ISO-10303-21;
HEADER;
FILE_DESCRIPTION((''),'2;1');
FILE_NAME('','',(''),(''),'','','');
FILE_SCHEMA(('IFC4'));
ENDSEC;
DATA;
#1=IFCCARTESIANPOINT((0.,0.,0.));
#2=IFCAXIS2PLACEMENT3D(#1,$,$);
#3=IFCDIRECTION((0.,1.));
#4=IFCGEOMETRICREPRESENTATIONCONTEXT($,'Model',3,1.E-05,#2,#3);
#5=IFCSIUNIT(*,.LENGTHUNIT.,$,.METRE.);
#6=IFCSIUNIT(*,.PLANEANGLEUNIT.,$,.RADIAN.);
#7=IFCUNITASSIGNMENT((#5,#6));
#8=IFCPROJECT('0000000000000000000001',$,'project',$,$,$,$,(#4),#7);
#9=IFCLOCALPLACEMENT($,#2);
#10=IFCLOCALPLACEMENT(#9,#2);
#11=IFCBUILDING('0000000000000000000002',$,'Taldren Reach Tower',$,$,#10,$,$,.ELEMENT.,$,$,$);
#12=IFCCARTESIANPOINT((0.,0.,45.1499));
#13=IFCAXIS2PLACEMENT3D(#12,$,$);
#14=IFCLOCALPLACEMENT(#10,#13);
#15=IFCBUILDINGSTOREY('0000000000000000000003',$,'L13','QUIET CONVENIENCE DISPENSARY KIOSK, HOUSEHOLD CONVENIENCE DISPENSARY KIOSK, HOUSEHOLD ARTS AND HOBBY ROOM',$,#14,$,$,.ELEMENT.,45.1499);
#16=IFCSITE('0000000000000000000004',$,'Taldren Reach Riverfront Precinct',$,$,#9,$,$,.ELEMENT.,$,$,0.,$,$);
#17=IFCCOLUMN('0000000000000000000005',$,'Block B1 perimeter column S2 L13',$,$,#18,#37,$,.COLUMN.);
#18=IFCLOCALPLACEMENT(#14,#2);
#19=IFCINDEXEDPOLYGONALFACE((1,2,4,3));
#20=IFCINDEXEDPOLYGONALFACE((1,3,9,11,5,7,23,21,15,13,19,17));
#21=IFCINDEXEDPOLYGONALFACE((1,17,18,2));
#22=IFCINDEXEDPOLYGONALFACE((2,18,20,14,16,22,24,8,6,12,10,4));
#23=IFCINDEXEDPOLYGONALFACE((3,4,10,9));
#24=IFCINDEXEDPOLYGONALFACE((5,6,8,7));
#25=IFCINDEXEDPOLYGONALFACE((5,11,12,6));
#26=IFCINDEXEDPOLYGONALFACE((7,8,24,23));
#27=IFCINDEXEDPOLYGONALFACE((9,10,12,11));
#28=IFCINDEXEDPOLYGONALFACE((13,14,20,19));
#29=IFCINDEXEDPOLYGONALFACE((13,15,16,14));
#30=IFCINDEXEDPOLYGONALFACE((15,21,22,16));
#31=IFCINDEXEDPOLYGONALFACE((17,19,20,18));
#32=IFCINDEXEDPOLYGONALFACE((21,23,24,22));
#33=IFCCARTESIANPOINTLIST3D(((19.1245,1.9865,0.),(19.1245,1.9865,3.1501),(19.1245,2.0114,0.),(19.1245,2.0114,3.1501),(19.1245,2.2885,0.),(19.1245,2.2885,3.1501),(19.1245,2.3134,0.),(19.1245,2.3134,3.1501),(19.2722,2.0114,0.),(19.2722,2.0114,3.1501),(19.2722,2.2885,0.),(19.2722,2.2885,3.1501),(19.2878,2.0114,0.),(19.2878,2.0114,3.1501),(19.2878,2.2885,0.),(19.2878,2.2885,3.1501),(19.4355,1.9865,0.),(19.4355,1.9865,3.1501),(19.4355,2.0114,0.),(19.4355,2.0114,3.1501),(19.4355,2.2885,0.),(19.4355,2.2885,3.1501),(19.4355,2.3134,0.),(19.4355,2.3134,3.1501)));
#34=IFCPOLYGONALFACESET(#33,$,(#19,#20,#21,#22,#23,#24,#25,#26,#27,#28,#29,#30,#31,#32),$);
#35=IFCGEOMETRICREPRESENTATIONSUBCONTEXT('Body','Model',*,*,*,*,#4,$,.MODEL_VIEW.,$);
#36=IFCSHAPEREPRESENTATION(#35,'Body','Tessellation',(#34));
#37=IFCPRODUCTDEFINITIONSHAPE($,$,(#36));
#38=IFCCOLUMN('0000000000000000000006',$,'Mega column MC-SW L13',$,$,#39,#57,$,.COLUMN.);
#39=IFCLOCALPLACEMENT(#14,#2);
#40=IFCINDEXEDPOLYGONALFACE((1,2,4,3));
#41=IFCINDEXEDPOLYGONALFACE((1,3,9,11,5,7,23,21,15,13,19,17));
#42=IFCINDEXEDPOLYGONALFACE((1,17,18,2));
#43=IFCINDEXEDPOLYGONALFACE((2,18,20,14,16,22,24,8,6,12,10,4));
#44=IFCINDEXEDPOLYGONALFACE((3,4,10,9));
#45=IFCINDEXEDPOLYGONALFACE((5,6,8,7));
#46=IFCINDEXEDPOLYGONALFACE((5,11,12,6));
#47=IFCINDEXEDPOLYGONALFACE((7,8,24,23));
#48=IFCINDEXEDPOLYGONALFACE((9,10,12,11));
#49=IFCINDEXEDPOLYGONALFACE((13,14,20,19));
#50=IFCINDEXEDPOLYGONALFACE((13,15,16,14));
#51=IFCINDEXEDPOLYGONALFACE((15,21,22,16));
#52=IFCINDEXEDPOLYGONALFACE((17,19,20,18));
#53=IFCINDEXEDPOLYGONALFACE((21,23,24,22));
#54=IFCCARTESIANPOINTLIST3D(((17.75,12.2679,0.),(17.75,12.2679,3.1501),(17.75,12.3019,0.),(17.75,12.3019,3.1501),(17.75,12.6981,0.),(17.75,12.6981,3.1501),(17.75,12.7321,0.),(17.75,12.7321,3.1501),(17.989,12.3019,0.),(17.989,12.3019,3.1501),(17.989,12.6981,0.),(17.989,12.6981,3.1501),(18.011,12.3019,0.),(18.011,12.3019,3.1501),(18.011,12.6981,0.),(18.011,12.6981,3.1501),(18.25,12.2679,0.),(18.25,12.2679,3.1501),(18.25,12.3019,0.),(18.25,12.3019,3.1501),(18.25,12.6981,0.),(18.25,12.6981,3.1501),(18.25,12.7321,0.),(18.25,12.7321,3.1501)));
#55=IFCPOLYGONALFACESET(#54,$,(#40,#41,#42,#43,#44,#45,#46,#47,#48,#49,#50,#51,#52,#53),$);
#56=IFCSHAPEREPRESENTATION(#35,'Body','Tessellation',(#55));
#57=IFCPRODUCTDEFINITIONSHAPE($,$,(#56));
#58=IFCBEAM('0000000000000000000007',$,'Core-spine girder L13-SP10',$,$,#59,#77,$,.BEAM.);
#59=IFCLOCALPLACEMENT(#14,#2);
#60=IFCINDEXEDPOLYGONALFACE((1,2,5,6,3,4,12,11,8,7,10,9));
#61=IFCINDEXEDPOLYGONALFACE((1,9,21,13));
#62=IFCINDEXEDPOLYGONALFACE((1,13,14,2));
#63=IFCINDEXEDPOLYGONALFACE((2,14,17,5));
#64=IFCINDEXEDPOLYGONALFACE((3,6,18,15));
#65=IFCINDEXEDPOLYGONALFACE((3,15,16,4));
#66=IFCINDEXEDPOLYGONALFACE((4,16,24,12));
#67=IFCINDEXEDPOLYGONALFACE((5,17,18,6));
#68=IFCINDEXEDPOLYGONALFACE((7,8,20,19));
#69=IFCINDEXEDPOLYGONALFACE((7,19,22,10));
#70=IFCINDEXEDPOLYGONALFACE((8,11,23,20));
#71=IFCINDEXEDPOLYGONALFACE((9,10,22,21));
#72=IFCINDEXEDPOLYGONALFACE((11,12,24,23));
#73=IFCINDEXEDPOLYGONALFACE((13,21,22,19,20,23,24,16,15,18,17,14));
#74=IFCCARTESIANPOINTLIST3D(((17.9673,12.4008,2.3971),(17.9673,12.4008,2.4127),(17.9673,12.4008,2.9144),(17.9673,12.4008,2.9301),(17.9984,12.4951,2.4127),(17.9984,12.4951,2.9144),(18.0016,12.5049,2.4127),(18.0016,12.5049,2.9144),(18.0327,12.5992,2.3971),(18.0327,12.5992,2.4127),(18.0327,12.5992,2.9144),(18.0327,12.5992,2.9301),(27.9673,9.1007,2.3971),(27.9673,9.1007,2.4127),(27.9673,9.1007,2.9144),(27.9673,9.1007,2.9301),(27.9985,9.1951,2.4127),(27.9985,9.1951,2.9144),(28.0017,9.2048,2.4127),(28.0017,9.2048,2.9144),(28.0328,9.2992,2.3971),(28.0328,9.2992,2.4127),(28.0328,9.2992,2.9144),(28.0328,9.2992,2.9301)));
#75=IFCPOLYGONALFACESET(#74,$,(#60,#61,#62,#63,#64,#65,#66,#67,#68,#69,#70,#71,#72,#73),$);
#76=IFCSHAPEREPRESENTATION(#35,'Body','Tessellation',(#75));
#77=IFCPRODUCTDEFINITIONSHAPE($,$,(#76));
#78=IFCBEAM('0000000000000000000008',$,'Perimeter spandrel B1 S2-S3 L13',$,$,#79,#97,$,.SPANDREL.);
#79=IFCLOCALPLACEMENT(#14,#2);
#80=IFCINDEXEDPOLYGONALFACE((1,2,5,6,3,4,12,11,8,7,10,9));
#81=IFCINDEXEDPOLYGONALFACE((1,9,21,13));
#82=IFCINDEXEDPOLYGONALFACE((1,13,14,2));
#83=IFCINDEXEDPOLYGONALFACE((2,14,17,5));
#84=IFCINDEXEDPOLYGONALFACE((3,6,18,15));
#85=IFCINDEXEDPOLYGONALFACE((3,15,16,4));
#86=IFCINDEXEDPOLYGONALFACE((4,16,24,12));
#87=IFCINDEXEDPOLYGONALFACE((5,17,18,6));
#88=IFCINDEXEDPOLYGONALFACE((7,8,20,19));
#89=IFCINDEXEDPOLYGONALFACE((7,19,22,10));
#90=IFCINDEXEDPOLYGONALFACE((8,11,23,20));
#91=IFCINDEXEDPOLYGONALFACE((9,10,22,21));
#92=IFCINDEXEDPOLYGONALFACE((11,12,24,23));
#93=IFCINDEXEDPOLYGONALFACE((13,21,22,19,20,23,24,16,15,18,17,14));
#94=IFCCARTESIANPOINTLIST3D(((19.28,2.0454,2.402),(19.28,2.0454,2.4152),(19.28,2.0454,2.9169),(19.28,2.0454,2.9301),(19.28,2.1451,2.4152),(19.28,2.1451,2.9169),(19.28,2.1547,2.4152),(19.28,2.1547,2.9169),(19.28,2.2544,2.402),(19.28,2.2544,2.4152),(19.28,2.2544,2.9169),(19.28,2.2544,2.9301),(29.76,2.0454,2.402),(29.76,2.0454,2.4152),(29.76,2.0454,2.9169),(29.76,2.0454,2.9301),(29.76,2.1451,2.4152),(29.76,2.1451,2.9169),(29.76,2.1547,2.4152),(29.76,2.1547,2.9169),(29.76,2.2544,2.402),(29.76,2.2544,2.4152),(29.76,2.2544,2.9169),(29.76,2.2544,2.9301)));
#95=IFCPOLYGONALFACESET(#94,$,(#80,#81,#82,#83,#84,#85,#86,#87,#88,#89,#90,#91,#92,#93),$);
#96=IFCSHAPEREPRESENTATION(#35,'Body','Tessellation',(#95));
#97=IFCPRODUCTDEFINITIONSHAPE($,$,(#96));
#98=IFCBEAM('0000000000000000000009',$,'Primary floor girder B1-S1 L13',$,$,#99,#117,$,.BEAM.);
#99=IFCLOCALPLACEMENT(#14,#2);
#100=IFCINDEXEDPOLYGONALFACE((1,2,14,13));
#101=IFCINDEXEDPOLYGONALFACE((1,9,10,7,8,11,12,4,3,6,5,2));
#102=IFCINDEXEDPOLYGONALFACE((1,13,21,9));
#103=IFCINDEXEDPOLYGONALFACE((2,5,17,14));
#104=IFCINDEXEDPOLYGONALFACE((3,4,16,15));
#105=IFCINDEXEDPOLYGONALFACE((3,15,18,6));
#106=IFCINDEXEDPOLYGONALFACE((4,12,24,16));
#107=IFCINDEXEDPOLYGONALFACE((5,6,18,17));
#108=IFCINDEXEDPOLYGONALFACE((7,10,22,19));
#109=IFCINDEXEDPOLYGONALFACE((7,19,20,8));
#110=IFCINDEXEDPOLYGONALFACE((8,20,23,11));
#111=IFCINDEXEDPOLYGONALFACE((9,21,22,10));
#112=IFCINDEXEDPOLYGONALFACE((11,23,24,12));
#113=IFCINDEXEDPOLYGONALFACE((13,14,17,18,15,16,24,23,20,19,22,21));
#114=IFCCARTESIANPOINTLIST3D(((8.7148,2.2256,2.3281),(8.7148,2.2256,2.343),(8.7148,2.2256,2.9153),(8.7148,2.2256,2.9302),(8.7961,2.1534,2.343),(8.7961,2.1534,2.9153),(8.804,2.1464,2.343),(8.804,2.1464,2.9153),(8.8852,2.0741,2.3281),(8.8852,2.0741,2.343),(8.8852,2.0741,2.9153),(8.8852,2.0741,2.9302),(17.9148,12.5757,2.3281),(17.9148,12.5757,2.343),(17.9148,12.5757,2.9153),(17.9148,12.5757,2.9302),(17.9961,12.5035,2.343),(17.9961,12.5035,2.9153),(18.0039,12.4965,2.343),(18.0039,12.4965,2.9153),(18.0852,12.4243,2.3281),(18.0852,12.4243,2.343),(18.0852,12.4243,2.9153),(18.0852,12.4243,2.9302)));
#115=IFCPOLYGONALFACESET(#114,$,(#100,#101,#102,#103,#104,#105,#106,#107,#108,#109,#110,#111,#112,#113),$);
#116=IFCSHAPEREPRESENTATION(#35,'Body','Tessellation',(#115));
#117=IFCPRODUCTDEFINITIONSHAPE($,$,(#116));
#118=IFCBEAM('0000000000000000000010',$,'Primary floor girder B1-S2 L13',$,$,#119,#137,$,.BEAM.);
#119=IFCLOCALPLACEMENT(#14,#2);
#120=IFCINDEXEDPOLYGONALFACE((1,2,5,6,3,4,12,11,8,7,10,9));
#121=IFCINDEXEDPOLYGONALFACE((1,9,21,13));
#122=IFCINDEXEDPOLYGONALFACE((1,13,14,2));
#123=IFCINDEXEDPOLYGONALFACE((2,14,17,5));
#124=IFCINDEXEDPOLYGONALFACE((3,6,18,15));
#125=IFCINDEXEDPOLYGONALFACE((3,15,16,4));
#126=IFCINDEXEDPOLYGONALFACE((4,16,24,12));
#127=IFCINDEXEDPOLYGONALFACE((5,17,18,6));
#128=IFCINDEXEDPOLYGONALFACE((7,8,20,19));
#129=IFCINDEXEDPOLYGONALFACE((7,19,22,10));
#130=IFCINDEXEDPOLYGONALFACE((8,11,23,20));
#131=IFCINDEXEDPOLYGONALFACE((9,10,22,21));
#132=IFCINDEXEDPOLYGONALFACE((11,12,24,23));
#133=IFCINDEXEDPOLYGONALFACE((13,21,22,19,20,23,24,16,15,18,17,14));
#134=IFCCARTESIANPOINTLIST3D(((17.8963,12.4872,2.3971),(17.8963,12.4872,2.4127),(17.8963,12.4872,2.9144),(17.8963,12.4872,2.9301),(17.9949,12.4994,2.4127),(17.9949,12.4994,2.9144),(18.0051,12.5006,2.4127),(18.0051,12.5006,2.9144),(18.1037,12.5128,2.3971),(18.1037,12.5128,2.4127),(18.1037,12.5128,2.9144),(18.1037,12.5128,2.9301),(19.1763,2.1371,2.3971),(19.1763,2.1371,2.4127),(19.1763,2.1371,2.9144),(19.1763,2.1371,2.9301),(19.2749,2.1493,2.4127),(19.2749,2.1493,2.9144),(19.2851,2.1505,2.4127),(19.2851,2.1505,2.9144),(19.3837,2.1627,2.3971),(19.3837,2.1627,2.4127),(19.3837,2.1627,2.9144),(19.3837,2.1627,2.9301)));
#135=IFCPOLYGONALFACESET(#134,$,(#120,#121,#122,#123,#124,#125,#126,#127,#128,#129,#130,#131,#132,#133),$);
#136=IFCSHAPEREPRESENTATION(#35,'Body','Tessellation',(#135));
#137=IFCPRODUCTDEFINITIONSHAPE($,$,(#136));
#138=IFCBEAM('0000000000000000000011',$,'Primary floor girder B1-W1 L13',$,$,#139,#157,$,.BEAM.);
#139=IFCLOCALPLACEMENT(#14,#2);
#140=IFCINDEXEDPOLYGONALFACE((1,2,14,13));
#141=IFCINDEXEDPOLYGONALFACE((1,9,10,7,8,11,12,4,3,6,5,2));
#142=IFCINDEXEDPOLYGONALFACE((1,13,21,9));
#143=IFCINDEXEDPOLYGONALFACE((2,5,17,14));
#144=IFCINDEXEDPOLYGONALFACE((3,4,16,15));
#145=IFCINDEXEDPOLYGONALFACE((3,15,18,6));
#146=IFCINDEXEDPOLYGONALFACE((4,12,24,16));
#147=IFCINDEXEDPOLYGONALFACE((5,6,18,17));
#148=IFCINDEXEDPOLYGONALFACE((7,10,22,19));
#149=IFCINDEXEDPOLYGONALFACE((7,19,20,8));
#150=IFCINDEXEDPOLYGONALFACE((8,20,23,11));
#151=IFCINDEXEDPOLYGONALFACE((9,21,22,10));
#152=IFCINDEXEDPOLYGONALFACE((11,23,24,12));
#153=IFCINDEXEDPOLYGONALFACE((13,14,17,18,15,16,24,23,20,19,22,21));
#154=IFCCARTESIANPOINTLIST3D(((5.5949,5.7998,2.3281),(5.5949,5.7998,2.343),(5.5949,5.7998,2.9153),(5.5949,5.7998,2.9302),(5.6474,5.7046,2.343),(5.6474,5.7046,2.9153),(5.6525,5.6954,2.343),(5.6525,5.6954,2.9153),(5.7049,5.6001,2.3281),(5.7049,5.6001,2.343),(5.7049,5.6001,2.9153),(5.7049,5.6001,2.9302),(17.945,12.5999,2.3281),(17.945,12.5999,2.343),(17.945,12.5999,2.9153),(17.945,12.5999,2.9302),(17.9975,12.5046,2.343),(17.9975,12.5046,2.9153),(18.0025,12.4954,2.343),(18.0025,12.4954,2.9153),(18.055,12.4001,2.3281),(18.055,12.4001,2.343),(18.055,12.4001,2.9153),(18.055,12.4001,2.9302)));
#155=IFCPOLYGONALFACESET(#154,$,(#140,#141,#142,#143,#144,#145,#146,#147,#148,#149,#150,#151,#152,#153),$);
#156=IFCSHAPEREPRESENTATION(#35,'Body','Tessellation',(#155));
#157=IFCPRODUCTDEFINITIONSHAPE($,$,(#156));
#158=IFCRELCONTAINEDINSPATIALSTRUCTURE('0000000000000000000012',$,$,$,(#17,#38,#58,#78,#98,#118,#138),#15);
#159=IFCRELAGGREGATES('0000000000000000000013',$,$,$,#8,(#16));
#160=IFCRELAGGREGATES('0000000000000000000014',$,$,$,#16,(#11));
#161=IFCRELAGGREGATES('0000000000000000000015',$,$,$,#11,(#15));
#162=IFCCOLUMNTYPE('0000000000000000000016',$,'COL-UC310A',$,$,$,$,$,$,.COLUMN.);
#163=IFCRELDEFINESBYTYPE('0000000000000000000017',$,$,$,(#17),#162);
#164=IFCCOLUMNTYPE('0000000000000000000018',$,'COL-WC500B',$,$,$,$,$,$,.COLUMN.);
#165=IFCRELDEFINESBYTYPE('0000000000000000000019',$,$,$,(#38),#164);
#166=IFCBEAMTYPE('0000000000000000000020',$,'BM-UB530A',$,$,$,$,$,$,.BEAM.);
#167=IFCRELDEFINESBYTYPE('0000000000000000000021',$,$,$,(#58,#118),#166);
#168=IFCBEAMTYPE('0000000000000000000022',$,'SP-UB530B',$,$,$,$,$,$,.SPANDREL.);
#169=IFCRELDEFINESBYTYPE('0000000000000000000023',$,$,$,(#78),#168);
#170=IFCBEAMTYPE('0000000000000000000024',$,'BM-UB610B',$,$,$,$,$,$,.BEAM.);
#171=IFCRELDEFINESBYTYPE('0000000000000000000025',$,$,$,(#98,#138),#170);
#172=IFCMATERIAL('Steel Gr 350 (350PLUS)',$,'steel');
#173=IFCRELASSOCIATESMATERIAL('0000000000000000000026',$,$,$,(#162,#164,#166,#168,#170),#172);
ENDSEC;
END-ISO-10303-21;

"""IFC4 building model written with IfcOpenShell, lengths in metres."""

from ifc_helpers import new_model, si_unit, direction, frame, origin, origin_2d, place, context, subcontext, project, spatial, i_section, extrude, source, transform, mapped, material, material_profile, profile_set, type_object, element, save


model = new_model("IFC4")

# Units and contexts
model_context = context("Model", 3, precision=1e-05, world=origin(), true_north=direction((0.0, 1.0)))
body_context = subcontext(model_context, "Body", "Model", "MODEL_VIEW")
ifc_project = project(units=[si_unit("LENGTHUNIT", "METRE"), si_unit("PLANEANGLEUNIT", "RADIAN")], contexts=[model_context])

# Site, building, storey
site_placement = place(None, origin())
site = spatial("IfcSite", under=ifc_project, at=site_placement, Name="Taldren Reach Riverfront Precinct", CompositionType="ELEMENT", RefElevation=0.0)
building_placement = place(site_placement, origin())
building = spatial("IfcBuilding", under=site, at=building_placement, Name="Taldren Reach Tower", CompositionType="ELEMENT")
storey_placement = place(building_placement, frame((0.0, 0.0, 45.1499)))
storey = spatial("IfcBuildingStorey", under=building, at=storey_placement, Name="L13", Description="QUIET CONVENIENCE DISPENSARY KIOSK, HOUSEHOLD CONVENIENCE DISPENSARY KIOSK, HOUSEHOLD ARTS AND HOBBY ROOM", CompositionType="ELEMENT", Elevation=45.1499)

# Columns
ifc_material_1 = material(Name="Steel Gr 350 (350PLUS)", Category="steel")
ifc_material_profile_1 = material_profile(ifc_material_1, i_section(OverallWidth=0.311, OverallDepth=0.3269, WebThickness=0.0156, FlangeThickness=0.0249, at=origin_2d()), Name="310UC158")
ifc_profile_set_1 = profile_set([ifc_material_profile_1], Name="Steel Gr 350 (350PLUS)")
column_type_1 = type_object("IfcColumnType", Name="COL-UC310A", PredefinedType="COLUMN", material=ifc_profile_set_1)
shared_shape_1 = source(origin(), body_context, "Body", "SweptSolid", [
    extrude(i_section(OverallWidth=0.311, OverallDepth=0.3269, WebThickness=0.0156, FlangeThickness=0.0249, at=origin_2d()), origin(), (0.0, 0.0, 1.0), 3.1501),
])
column_1_placement = place(storey_placement, frame((19.28, 2.1499, 0.0), z_axis=(0.0, 0.0, 1.0), x_axis=(1.0, 0.0, 0.0)))
element("IfcColumn", 1, at=column_1_placement, inside=storey, type_object=column_type_1, Name="Block B1 perimeter column S2 L13", PredefinedType="COLUMN", context=body_context, shape_type="MappedRepresentation", body=[
    mapped(shared_shape_1, transform((0.0, 0.0, 0.0), scale=1.0)),
])
ifc_material_profile_2 = material_profile(ifc_material_1, i_section(OverallWidth=0.5, OverallDepth=0.4641, WebThickness=0.022, FlangeThickness=0.0339, at=origin_2d()), Name="500WC340")
ifc_profile_set_2 = profile_set([ifc_material_profile_2], Name="Steel Gr 350 (350PLUS)")
column_type_2 = type_object("IfcColumnType", Name="COL-WC500B", PredefinedType="COLUMN", material=ifc_profile_set_2)
shared_shape_2 = source(origin(), body_context, "Body", "SweptSolid", [
    extrude(i_section(OverallWidth=0.5, OverallDepth=0.4641, WebThickness=0.022, FlangeThickness=0.0339, at=origin_2d()), origin(), (0.0, 0.0, 1.0), 3.1501),
])
column_2_placement = place(storey_placement, frame((18.0, 12.5, 0.0), z_axis=(0.0, 0.0, 1.0), x_axis=(1.0, 0.0, 0.0)))
element("IfcColumn", 2, at=column_2_placement, inside=storey, type_object=column_type_2, Name="Mega column MC-SW L13", PredefinedType="COLUMN", context=body_context, shape_type="MappedRepresentation", body=[
    mapped(shared_shape_2, transform((0.0, 0.0, 0.0), scale=1.0)),
])

# Beams
ifc_material_profile_3 = material_profile(ifc_material_1, i_section(OverallWidth=0.209, OverallDepth=0.533, WebThickness=0.0103, FlangeThickness=0.0156, at=origin_2d()), Name="530UB92.4")
ifc_profile_set_3 = profile_set([ifc_material_profile_3], Name="Steel Gr 350 (350PLUS)")
beam_type_1 = type_object("IfcBeamType", Name="BM-UB530A", PredefinedType="BEAM", material=ifc_profile_set_3)
shared_shape_3 = source(origin(), body_context, "Body", "SweptSolid", [
    extrude(i_section(OverallWidth=0.209, OverallDepth=0.533, WebThickness=0.0103, FlangeThickness=0.0156, at=origin_2d()), origin(), (0.0, 0.0, 1.0), 10.5305),
])
beam_1_placement = place(storey_placement, frame((18.0, 12.5, 2.6636), z_axis=(0.949627, -0.313382, 0.0), x_axis=(0.313382, 0.949627, 0.0)))
element("IfcBeam", 3, at=beam_1_placement, inside=storey, type_object=beam_type_1, Name="Core-spine girder L13-SP10", PredefinedType="BEAM", context=body_context, shape_type="MappedRepresentation", body=[
    mapped(shared_shape_3, transform((0.0, 0.0, 0.0), scale=1.0)),
])
ifc_material_profile_4 = material_profile(ifc_material_1, i_section(OverallWidth=0.209, OverallDepth=0.5281, WebThickness=0.0095, FlangeThickness=0.0132, at=origin_2d()), Name="530UB82.0")
ifc_profile_set_4 = profile_set([ifc_material_profile_4], Name="Steel Gr 350 (350PLUS)")
beam_type_2 = type_object("IfcBeamType", Name="SP-UB530B", PredefinedType="SPANDREL", material=ifc_profile_set_4)
shared_shape_4 = source(origin(), body_context, "Body", "SweptSolid", [
    extrude(i_section(OverallWidth=0.209, OverallDepth=0.5281, WebThickness=0.0095, FlangeThickness=0.0132, at=origin_2d()), origin(), (0.0, 0.0, 1.0), 10.48),
])
beam_2_placement = place(storey_placement, frame((19.28, 2.1499, 2.666), z_axis=(1.0, 0.0, 0.0), x_axis=(0.0, 1.0, 0.0)))
element("IfcBeam", 4, at=beam_2_placement, inside=storey, type_object=beam_type_2, Name="Perimeter spandrel B1 S2-S3 L13", PredefinedType="SPANDREL", context=body_context, shape_type="MappedRepresentation", body=[
    mapped(shared_shape_4, transform((0.0, 0.0, 0.0), scale=1.0)),
])
ifc_material_profile_5 = material_profile(ifc_material_1, i_section(OverallWidth=0.228, OverallDepth=0.6021, WebThickness=0.0105, FlangeThickness=0.0149, at=origin_2d()), Name="610UB101")
ifc_profile_set_5 = profile_set([ifc_material_profile_5], Name="Steel Gr 350 (350PLUS)")
beam_type_3 = type_object("IfcBeamType", Name="BM-UB610B", PredefinedType="BEAM", material=ifc_profile_set_5)
shared_shape_5 = source(origin(), body_context, "Body", "SweptSolid", [
    extrude(i_section(OverallWidth=0.228, OverallDepth=0.6021, WebThickness=0.0105, FlangeThickness=0.0149, at=origin_2d()), origin(), (0.0, 0.0, 1.0), 13.8479),
])
beam_3_placement = place(storey_placement, frame((18.0, 12.5, 2.6292), z_axis=(-0.664358, -0.747414, 0.0), x_axis=(0.747414, -0.664358, 0.0)))
element("IfcBeam", 5, at=beam_3_placement, inside=storey, type_object=beam_type_3, Name="Primary floor girder B1-S1 L13", PredefinedType="BEAM", context=body_context, shape_type="MappedRepresentation", body=[
    mapped(shared_shape_5, transform((0.0, 0.0, 0.0), scale=1.0)),
])
shared_shape_6 = source(origin(), body_context, "Body", "SweptSolid", [
    extrude(i_section(OverallWidth=0.209, OverallDepth=0.533, WebThickness=0.0103, FlangeThickness=0.0156, at=origin_2d()), origin(), (0.0, 0.0, 1.0), 10.429),
])
beam_4_placement = place(storey_placement, frame((18.0, 12.5, 2.6636), z_axis=(0.122738, -0.992439, 0.0), x_axis=(0.992439, 0.122738, 0.0)))
element("IfcBeam", 6, at=beam_4_placement, inside=storey, type_object=beam_type_1, Name="Primary floor girder B1-S2 L13", PredefinedType="BEAM", context=body_context, shape_type="MappedRepresentation", body=[
    mapped(shared_shape_6, transform((0.0, 0.0, 0.0), scale=1.0)),
])
shared_shape_7 = source(origin(), body_context, "Body", "SweptSolid", [
    extrude(i_section(OverallWidth=0.228, OverallDepth=0.6021, WebThickness=0.0105, FlangeThickness=0.0149, at=origin_2d()), origin(), (0.0, 0.0, 1.0), 14.0984),
])
beam_5_placement = place(storey_placement, frame((18.0, 12.5, 2.6292), z_axis=(-0.875991, -0.482327, 0.0), x_axis=(0.482327, -0.875991, 0.0)))
element("IfcBeam", 7, at=beam_5_placement, inside=storey, type_object=beam_type_3, Name="Primary floor girder B1-W1 L13", PredefinedType="BEAM", context=body_context, shape_type="MappedRepresentation", body=[
    mapped(shared_shape_7, transform((0.0, 0.0, 0.0), scale=1.0)),
])

save(model, "model.ifc")
